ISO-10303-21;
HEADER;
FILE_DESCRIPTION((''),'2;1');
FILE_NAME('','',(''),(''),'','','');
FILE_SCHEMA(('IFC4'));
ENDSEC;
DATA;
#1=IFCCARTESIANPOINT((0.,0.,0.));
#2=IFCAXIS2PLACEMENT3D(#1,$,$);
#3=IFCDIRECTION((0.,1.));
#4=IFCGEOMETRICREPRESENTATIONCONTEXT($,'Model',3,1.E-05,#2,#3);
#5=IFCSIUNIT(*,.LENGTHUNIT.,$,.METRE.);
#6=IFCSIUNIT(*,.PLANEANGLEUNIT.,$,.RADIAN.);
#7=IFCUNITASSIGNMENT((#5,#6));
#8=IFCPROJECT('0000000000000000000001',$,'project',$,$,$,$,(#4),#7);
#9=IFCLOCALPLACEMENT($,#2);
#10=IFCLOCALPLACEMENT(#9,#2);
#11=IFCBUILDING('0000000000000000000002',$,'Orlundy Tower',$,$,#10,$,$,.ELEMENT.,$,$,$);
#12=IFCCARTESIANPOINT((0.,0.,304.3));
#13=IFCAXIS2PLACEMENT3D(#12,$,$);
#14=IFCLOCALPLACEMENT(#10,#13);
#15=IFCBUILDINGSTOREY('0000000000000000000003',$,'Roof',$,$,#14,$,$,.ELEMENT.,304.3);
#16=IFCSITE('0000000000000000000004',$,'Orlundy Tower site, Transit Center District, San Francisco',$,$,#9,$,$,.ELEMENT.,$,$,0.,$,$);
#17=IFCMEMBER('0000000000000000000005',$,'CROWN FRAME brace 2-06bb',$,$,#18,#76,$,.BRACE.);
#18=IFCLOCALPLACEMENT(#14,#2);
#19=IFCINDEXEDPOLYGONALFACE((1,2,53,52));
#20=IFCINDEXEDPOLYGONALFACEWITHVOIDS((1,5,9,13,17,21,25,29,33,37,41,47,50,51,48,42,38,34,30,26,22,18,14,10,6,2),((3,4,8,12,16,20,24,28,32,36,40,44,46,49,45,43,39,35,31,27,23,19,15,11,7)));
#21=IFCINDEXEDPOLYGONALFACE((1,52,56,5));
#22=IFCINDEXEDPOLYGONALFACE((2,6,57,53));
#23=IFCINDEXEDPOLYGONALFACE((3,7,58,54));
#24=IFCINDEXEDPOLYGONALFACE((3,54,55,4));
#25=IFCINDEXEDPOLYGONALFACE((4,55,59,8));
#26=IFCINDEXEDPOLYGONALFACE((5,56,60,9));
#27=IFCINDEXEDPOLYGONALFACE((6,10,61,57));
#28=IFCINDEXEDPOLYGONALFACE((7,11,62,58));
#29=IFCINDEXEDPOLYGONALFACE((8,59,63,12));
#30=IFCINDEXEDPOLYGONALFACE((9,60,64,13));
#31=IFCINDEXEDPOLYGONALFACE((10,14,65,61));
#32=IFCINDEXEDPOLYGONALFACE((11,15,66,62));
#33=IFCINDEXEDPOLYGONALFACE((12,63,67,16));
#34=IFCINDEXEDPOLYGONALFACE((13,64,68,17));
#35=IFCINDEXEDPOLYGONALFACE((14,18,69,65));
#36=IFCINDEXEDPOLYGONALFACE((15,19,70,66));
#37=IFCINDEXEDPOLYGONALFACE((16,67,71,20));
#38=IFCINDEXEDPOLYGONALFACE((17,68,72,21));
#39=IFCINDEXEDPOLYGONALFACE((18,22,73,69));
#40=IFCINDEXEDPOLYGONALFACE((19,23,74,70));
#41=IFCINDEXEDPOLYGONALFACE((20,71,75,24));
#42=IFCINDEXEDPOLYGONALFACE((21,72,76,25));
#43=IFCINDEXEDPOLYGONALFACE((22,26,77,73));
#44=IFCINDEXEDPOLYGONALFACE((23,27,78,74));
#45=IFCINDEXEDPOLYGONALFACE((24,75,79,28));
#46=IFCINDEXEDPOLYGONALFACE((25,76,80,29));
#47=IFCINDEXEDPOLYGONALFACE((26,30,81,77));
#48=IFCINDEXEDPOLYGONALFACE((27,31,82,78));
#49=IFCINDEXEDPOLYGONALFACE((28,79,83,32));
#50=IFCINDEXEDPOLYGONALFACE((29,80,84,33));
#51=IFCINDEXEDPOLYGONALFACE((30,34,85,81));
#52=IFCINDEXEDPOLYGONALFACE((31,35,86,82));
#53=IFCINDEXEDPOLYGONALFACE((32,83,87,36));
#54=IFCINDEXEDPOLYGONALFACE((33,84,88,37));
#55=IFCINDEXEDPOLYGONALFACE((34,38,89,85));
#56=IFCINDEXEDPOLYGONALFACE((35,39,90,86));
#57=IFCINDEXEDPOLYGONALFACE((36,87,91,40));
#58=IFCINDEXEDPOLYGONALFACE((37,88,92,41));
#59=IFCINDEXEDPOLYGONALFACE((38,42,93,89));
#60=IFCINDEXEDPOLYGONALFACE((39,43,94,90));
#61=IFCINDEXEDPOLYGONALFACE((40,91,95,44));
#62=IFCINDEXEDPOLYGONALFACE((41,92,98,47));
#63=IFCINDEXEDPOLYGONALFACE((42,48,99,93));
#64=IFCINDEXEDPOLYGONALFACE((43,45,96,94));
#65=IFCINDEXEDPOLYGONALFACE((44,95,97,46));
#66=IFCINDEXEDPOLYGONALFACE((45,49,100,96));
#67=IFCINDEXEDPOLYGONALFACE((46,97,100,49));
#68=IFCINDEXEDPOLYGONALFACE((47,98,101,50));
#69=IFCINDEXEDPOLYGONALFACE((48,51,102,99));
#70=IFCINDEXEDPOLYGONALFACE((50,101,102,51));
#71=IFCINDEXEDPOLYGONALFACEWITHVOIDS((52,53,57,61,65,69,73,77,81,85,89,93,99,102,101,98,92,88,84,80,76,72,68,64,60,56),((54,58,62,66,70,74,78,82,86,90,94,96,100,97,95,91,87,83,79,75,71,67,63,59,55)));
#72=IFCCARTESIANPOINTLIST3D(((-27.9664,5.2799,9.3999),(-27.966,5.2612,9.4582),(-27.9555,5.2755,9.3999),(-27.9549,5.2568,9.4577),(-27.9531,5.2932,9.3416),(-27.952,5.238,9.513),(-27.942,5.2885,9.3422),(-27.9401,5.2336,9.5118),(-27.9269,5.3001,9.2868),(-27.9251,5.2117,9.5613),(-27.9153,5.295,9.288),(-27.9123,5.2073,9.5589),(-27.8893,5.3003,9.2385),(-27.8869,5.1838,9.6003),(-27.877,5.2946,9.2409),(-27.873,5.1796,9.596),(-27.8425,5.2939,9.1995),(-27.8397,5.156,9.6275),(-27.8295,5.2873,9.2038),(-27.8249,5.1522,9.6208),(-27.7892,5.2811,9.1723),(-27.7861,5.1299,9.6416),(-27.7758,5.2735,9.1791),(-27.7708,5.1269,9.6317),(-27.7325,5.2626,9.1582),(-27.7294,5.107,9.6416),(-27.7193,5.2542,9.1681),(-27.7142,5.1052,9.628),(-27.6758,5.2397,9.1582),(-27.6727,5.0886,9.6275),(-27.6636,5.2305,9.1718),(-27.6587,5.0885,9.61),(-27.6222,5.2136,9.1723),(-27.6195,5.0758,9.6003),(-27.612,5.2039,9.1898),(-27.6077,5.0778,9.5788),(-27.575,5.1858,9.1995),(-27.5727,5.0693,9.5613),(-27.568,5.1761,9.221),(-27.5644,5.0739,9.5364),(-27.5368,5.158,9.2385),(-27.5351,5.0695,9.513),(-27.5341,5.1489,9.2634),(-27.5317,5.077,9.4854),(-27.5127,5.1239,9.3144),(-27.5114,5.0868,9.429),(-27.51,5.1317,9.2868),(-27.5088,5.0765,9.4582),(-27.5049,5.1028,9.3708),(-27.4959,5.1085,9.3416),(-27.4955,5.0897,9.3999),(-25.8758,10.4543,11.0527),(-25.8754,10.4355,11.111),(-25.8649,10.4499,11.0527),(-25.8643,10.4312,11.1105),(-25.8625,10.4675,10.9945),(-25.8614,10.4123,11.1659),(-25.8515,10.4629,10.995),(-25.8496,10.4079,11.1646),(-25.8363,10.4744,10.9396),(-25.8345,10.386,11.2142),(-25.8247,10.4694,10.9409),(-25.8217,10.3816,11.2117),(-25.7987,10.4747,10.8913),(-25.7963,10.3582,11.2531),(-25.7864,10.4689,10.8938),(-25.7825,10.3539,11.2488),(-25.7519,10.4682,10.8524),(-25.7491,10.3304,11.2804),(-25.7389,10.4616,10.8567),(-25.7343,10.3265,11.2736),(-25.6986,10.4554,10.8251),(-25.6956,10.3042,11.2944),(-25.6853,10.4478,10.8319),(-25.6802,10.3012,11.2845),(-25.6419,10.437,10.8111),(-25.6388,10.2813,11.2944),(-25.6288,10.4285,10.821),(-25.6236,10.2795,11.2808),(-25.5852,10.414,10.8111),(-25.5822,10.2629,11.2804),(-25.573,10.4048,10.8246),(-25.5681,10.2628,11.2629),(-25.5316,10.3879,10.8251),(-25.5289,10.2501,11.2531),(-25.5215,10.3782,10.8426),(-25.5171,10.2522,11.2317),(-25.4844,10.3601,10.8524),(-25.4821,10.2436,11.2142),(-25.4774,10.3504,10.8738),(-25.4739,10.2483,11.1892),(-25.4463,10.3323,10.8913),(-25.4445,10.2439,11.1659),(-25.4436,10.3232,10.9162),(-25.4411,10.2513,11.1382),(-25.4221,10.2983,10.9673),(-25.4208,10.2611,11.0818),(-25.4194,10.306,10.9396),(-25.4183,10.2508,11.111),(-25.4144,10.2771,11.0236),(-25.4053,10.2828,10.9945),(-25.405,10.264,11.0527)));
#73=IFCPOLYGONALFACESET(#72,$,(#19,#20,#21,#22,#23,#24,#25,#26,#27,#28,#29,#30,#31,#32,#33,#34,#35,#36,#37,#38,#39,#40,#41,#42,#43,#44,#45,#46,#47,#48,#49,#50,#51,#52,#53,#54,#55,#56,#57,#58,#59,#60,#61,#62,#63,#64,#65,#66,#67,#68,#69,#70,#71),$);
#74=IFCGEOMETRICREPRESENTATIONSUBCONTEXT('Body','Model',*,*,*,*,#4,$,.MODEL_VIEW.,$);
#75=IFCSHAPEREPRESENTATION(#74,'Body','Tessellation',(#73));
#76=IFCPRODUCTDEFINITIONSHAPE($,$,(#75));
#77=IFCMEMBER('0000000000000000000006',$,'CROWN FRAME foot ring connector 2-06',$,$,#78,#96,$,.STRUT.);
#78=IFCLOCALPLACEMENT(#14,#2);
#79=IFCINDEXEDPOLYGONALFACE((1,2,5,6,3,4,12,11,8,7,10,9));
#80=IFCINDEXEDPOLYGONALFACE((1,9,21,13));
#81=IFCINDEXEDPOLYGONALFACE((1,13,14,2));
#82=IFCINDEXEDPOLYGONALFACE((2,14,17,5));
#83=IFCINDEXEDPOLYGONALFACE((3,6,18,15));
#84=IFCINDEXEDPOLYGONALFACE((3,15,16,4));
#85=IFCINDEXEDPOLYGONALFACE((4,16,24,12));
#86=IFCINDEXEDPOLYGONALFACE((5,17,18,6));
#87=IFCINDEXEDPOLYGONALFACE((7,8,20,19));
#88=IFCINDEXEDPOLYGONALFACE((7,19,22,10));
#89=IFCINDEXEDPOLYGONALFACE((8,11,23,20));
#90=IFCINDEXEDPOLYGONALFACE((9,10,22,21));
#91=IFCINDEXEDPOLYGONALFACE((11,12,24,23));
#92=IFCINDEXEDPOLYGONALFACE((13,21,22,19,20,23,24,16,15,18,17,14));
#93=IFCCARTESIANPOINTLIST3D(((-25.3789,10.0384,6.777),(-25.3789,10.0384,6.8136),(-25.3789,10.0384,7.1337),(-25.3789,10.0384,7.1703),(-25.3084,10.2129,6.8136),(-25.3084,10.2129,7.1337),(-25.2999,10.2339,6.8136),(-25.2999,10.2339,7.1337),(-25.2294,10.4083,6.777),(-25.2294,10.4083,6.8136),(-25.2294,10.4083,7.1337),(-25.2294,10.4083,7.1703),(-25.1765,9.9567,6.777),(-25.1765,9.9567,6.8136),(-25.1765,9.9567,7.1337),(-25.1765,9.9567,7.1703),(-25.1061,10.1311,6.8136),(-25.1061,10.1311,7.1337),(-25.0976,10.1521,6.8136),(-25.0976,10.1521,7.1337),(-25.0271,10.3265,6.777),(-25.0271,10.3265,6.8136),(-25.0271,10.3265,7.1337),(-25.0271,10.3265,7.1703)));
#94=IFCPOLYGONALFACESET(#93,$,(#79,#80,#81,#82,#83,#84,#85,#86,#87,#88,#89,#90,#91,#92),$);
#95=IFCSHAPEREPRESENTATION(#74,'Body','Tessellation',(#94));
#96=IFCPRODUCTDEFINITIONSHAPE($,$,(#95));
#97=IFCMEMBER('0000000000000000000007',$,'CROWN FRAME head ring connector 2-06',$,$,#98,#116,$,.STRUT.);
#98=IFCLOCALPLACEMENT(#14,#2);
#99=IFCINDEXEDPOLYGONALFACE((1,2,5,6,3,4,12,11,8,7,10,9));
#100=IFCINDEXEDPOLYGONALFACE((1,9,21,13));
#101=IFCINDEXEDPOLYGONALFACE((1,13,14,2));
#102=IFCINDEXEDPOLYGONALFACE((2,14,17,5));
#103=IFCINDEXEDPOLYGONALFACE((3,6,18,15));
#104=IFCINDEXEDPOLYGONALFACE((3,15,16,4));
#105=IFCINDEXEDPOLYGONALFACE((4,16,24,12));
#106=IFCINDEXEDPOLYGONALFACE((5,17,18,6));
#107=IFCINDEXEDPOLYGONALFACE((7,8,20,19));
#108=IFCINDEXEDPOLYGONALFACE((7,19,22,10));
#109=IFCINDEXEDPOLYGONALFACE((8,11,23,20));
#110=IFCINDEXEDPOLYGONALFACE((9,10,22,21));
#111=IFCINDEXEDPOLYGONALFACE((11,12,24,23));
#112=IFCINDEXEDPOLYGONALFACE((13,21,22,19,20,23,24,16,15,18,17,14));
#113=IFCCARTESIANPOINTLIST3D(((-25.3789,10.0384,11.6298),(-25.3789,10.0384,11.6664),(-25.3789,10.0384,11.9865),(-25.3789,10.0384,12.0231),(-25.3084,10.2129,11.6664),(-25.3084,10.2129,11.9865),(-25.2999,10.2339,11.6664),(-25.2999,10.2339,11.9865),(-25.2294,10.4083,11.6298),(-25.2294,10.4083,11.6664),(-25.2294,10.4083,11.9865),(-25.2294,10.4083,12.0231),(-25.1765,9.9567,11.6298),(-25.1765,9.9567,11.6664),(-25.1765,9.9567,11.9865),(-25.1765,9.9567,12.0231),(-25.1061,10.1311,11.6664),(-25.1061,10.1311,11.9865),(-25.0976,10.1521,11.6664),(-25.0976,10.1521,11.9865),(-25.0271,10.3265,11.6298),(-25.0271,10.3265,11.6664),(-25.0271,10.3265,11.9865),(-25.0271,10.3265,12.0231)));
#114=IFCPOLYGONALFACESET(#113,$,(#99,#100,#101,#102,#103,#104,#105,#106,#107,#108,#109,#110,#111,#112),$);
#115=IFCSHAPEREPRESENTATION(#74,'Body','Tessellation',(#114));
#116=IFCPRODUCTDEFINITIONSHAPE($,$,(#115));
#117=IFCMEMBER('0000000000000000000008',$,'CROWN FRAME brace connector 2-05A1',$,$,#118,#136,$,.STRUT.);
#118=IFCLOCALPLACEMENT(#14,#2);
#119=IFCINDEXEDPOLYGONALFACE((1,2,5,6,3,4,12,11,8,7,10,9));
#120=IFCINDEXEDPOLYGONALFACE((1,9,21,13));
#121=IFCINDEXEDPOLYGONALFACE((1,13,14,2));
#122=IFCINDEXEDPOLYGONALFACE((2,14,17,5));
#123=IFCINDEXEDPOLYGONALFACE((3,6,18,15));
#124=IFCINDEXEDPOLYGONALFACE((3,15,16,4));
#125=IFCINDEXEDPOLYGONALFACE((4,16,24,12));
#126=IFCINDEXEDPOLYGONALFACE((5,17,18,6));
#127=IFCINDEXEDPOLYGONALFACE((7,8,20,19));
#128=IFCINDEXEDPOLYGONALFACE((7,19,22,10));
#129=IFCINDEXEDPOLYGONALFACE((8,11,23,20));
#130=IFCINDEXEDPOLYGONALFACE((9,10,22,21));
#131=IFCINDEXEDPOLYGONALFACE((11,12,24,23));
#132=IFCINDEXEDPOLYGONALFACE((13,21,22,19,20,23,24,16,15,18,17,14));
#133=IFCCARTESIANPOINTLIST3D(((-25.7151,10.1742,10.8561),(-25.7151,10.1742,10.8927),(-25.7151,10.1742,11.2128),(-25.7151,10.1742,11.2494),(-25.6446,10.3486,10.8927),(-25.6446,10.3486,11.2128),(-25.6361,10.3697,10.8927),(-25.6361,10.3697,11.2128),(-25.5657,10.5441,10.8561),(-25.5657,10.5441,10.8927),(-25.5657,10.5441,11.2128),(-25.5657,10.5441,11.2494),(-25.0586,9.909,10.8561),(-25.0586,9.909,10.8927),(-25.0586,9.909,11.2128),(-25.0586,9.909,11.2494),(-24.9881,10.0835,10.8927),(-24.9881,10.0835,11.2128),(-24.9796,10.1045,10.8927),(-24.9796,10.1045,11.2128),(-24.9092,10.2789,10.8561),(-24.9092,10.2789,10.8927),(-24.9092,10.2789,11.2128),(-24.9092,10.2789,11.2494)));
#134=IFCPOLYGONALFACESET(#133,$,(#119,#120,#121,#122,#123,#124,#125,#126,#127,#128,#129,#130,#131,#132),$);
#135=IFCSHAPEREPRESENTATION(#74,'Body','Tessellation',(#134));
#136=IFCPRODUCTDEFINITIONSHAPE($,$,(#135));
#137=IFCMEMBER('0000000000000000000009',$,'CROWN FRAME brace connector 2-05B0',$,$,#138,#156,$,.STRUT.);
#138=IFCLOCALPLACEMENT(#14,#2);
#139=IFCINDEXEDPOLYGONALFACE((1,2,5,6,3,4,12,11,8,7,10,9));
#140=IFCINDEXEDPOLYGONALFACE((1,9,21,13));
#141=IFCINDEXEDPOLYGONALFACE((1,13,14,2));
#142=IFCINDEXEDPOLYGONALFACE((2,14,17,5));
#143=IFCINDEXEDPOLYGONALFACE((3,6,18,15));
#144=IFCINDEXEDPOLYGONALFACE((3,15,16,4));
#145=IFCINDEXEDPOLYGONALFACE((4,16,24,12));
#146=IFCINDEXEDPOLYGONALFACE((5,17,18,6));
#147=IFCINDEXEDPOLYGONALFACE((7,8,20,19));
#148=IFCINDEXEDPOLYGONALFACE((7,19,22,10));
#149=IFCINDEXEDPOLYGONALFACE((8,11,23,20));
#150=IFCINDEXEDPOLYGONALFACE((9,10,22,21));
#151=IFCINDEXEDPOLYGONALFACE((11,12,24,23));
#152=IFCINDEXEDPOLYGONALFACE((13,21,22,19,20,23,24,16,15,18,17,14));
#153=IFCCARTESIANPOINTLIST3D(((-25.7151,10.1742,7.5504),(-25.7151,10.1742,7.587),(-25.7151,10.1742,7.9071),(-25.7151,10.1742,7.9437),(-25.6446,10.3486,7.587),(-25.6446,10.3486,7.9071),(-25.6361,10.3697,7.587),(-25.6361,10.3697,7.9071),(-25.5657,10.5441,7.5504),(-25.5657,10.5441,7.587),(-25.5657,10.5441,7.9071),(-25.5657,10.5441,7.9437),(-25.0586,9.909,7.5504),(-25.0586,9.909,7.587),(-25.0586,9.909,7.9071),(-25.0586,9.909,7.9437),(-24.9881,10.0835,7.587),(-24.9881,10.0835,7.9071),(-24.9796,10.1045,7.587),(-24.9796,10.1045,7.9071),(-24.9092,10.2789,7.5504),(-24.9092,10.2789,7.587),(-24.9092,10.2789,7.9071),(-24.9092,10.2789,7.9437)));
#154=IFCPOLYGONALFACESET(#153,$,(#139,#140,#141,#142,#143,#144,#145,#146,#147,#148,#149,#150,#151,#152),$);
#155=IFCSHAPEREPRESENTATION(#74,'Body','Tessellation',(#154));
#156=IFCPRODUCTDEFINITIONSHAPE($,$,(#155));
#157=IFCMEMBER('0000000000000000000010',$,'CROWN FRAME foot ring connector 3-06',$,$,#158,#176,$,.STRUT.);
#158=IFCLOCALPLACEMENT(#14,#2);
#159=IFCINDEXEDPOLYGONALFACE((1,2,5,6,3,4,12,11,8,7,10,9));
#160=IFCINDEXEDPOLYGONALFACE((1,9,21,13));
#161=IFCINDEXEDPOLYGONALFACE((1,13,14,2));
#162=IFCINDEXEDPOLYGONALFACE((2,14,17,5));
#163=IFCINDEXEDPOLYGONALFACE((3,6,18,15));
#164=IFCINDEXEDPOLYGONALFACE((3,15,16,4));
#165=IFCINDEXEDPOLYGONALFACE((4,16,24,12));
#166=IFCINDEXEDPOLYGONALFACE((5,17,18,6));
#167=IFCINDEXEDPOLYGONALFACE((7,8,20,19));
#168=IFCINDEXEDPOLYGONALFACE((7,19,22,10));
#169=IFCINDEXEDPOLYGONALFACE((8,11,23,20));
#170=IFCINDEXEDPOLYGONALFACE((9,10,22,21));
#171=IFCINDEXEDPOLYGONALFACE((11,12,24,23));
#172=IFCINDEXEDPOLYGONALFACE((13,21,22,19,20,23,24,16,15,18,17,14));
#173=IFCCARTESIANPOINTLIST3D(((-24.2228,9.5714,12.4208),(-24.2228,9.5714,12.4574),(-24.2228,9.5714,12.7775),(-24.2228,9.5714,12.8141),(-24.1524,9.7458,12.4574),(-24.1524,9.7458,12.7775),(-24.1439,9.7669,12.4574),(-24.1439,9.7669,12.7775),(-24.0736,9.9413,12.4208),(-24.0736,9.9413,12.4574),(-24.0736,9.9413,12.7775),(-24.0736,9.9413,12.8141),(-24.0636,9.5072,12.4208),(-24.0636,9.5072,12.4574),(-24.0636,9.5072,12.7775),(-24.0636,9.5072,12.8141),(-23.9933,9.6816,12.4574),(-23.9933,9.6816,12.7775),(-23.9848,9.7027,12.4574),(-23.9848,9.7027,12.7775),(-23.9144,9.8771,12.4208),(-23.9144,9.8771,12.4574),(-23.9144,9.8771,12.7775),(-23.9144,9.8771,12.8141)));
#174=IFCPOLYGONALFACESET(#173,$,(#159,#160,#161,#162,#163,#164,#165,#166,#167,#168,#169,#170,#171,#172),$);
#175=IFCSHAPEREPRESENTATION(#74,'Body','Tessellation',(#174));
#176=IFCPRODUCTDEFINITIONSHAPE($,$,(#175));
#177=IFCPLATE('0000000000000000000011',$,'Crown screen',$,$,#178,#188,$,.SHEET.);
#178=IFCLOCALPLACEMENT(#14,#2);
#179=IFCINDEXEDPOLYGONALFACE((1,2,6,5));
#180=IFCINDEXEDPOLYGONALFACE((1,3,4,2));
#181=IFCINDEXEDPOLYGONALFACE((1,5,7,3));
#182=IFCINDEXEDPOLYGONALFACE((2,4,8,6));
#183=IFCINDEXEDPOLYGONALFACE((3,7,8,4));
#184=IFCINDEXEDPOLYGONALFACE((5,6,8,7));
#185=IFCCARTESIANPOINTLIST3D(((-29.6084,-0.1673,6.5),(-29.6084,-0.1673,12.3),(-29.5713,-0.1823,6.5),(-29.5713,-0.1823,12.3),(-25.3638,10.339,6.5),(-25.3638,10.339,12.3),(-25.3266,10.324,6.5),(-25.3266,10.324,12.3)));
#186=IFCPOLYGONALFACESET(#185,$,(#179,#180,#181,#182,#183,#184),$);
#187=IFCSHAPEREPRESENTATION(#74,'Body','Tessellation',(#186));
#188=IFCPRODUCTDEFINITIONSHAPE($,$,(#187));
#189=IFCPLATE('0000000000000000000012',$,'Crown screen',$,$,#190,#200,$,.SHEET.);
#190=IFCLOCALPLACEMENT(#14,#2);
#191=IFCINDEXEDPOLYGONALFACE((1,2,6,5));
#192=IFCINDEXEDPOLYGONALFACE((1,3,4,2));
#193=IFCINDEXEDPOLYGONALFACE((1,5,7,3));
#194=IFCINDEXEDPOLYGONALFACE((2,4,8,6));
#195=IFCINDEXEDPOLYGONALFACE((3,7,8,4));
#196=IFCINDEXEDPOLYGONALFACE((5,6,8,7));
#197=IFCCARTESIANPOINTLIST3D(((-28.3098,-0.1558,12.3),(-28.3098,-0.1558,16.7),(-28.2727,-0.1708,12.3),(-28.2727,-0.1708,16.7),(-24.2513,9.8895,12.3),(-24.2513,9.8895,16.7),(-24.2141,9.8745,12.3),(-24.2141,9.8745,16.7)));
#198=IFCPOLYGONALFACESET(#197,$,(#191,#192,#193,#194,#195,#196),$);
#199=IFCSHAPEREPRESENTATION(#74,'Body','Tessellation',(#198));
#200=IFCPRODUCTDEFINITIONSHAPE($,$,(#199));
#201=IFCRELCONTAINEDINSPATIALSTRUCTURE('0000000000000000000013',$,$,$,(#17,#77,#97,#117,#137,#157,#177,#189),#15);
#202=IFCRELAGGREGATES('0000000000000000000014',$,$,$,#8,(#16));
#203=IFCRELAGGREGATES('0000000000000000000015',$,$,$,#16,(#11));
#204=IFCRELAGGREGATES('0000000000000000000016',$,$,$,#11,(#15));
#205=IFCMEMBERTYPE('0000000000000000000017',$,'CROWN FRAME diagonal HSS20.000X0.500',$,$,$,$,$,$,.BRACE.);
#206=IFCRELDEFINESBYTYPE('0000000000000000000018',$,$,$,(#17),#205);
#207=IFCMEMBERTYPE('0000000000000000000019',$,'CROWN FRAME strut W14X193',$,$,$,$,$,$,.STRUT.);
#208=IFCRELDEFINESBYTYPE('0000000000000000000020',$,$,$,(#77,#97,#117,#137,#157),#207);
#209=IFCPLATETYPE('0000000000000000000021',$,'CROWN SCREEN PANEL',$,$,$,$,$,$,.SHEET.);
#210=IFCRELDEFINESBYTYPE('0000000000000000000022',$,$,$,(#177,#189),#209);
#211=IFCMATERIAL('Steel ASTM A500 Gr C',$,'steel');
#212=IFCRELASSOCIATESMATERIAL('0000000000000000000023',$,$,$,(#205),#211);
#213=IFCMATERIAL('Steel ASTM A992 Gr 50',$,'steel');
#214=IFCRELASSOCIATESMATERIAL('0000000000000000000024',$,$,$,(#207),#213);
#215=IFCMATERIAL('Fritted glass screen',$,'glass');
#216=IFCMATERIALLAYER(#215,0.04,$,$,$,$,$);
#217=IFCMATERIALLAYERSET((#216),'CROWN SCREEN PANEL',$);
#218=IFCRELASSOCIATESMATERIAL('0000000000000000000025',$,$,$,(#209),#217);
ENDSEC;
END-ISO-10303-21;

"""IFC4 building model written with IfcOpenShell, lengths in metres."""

from ifc_helpers import new_model, si_unit, direction, frame, origin, origin_2d, place, context, subcontext, project, spatial, rectangle, hollow_circle, i_section, extrude, material, layer, layer_set, material_profile, profile_set, type_object, element, save


model = new_model("IFC4")

# Units and contexts
model_context = context("Model", 3, precision=1e-05, world=origin(), true_north=direction((0.0, 1.0)))
body_context = subcontext(model_context, "Body", "Model", "MODEL_VIEW")
ifc_project = project(units=[si_unit("LENGTHUNIT", "METRE"), si_unit("PLANEANGLEUNIT", "RADIAN")], contexts=[model_context])

# Site, building, storey
site_placement = place(None, origin())
site = spatial("IfcSite", under=ifc_project, at=site_placement, Name="Orlundy Tower site, Transit Center District, San Francisco", CompositionType="ELEMENT", RefElevation=0.0)
building_placement = place(site_placement, origin())
building = spatial("IfcBuilding", under=site, at=building_placement, Name="Orlundy Tower", CompositionType="ELEMENT")
storey_placement = place(building_placement, frame((0.0, 0.0, 304.3)))
storey = spatial("IfcBuildingStorey", under=building, at=storey_placement, Name="Roof", CompositionType="ELEMENT", Elevation=304.3)

# Members
ifc_material_1 = material(Name="Steel ASTM A500 Gr C", Category="steel")
ifc_material_profile_1 = material_profile(ifc_material_1, hollow_circle(Radius=0.2539, WallThickness=0.0117, at=origin_2d()), Name="HSS20.000X0.500")
ifc_profile_set_1 = profile_set([ifc_material_profile_1], Name="Steel ASTM A500 Gr C")
member_type_1 = type_object("IfcMemberType", Name="CROWN FRAME diagonal HSS20.000X0.500", PredefinedType="BRACE", material=ifc_profile_set_1)
for number, where, z_axis, x_axis, name in (
    (1, (-27.731, 5.1848, 9.3999), (0.359187, 0.889012, 0.283977), (-0.927183, 0.374609, 0.0), "CROWN FRAME brace 2-06bb"),
):
    element("IfcMember", number, at=place(storey_placement, frame(where, z_axis=z_axis, x_axis=x_axis)), inside=storey, type_object=member_type_1, Name=name, PredefinedType="BRACE", context=body_context, shape_type="SweptSolid", body=[
        extrude(hollow_circle(Radius=0.2539, WallThickness=0.0117, at=origin_2d()), origin(), (0.0, 0.0, 1.0), 5.8203),
    ])
ifc_material_2 = material(Name="Steel ASTM A992 Gr 50", Category="steel")
ifc_material_profile_2 = material_profile(ifc_material_2, i_section(OverallWidth=0.3989, OverallDepth=0.3933, WebThickness=0.0227, FlangeThickness=0.0366, at=origin_2d()), Name="W14X193")
ifc_profile_set_2 = profile_set([ifc_material_profile_2], Name="Steel ASTM A992 Gr 50")
member_type_2 = type_object("IfcMemberType", Name="CROWN FRAME strut W14X193", PredefinedType="STRUT", material=ifc_profile_set_2)
for number, where, z_axis, x_axis, name in (
    (2, (-25.1018, 10.1416, 6.9736), (-0.92716, 0.374666, 0.0), (-0.374666, -0.92716, 0.0), "CROWN FRAME foot ring connector 2-06"),
    (3, (-25.1018, 10.1416, 11.8264), (-0.92716, 0.374666, 0.0), (-0.374666, -0.92716, 0.0), "CROWN FRAME head ring connector 2-06"),
):
    element("IfcMember", number, at=place(storey_placement, frame(where, z_axis=z_axis, x_axis=x_axis)), inside=storey, type_object=member_type_2, Name=name, PredefinedType="STRUT", context=body_context, shape_type="SweptSolid", body=[
        extrude(i_section(OverallWidth=0.3989, OverallDepth=0.3933, WebThickness=0.0227, FlangeThickness=0.0366, at=origin_2d()), origin(), (0.0, 0.0, 1.0), 0.2183),
    ])
for number, where, z_axis, x_axis, name in (
    (4, (-24.9839, 10.094, 11.0527), (-0.927235, 0.37448, 0.0), (-0.37448, -0.927235, 0.0), "CROWN FRAME brace connector 2-05A1"),
    (5, (-24.9839, 10.094, 7.7471), (-0.927235, 0.37448, 0.0), (-0.37448, -0.927235, 0.0), "CROWN FRAME brace connector 2-05B0"),
):
    element("IfcMember", number, at=place(storey_placement, frame(where, z_axis=z_axis, x_axis=x_axis)), inside=storey, type_object=member_type_2, Name=name, PredefinedType="STRUT", context=body_context, shape_type="SweptSolid", body=[
        extrude(i_section(OverallWidth=0.3989, OverallDepth=0.3933, WebThickness=0.0227, FlangeThickness=0.0366, at=origin_2d()), origin(), (0.0, 0.0, 1.0), 0.708),
    ])
member_1_placement = place(storey_placement, frame((-23.989, 9.6921, 12.6174), z_axis=(-0.927394, 0.374087, 0.0), x_axis=(-0.374087, -0.927394, 0.0)))
element("IfcMember", 6, at=member_1_placement, inside=storey, type_object=member_type_2, Name="CROWN FRAME foot ring connector 3-06", PredefinedType="STRUT", context=body_context, shape_type="SweptSolid", body=[
    extrude(i_section(OverallWidth=0.3989, OverallDepth=0.3933, WebThickness=0.0227, FlangeThickness=0.0366, at=origin_2d()), origin(), (0.0, 0.0, 1.0), 0.1716),
])

# Plates
ifc_material_3 = material(Name="Fritted glass screen", Category="glass")
ifc_layer = layer(ifc_material_3, 0.04)
ifc_layer_set = layer_set([ifc_layer], Name="CROWN SCREEN PANEL")
plate_type = type_object("IfcPlateType", Name="CROWN SCREEN PANEL", PredefinedType="SHEET", material=ifc_layer_set)
plate_1_placement = place(storey_placement, frame((-27.4675, 5.0784, 6.5), z_axis=(0.0, 0.0, 1.0), x_axis=(-0.374595, -0.927188, 0.0)))
element("IfcPlate", 7, at=plate_1_placement, inside=storey, type_object=plate_type, Name="Crown screen", PredefinedType="SHEET", context=body_context, shape_type="SweptSolid", body=[
    extrude(rectangle(XDim=11.3313, YDim=0.04, at=origin_2d()), origin(), (0.0, 0.0, 1.0), 5.8),
])
plate_2_placement = place(storey_placement, frame((-26.262, 4.8594, 12.3), z_axis=(0.0, 0.0, 1.0), x_axis=(-0.374604, -0.927185, 0.0)))
element("IfcPlate", 8, at=plate_2_placement, inside=storey, type_object=plate_type, Name="Crown screen", PredefinedType="SHEET", context=body_context, shape_type="SweptSolid", body=[
    extrude(rectangle(XDim=10.8342, YDim=0.04, at=origin_2d()), origin(), (0.0, 0.0, 1.0), 4.3999),
])

save(model, "model.ifc")
